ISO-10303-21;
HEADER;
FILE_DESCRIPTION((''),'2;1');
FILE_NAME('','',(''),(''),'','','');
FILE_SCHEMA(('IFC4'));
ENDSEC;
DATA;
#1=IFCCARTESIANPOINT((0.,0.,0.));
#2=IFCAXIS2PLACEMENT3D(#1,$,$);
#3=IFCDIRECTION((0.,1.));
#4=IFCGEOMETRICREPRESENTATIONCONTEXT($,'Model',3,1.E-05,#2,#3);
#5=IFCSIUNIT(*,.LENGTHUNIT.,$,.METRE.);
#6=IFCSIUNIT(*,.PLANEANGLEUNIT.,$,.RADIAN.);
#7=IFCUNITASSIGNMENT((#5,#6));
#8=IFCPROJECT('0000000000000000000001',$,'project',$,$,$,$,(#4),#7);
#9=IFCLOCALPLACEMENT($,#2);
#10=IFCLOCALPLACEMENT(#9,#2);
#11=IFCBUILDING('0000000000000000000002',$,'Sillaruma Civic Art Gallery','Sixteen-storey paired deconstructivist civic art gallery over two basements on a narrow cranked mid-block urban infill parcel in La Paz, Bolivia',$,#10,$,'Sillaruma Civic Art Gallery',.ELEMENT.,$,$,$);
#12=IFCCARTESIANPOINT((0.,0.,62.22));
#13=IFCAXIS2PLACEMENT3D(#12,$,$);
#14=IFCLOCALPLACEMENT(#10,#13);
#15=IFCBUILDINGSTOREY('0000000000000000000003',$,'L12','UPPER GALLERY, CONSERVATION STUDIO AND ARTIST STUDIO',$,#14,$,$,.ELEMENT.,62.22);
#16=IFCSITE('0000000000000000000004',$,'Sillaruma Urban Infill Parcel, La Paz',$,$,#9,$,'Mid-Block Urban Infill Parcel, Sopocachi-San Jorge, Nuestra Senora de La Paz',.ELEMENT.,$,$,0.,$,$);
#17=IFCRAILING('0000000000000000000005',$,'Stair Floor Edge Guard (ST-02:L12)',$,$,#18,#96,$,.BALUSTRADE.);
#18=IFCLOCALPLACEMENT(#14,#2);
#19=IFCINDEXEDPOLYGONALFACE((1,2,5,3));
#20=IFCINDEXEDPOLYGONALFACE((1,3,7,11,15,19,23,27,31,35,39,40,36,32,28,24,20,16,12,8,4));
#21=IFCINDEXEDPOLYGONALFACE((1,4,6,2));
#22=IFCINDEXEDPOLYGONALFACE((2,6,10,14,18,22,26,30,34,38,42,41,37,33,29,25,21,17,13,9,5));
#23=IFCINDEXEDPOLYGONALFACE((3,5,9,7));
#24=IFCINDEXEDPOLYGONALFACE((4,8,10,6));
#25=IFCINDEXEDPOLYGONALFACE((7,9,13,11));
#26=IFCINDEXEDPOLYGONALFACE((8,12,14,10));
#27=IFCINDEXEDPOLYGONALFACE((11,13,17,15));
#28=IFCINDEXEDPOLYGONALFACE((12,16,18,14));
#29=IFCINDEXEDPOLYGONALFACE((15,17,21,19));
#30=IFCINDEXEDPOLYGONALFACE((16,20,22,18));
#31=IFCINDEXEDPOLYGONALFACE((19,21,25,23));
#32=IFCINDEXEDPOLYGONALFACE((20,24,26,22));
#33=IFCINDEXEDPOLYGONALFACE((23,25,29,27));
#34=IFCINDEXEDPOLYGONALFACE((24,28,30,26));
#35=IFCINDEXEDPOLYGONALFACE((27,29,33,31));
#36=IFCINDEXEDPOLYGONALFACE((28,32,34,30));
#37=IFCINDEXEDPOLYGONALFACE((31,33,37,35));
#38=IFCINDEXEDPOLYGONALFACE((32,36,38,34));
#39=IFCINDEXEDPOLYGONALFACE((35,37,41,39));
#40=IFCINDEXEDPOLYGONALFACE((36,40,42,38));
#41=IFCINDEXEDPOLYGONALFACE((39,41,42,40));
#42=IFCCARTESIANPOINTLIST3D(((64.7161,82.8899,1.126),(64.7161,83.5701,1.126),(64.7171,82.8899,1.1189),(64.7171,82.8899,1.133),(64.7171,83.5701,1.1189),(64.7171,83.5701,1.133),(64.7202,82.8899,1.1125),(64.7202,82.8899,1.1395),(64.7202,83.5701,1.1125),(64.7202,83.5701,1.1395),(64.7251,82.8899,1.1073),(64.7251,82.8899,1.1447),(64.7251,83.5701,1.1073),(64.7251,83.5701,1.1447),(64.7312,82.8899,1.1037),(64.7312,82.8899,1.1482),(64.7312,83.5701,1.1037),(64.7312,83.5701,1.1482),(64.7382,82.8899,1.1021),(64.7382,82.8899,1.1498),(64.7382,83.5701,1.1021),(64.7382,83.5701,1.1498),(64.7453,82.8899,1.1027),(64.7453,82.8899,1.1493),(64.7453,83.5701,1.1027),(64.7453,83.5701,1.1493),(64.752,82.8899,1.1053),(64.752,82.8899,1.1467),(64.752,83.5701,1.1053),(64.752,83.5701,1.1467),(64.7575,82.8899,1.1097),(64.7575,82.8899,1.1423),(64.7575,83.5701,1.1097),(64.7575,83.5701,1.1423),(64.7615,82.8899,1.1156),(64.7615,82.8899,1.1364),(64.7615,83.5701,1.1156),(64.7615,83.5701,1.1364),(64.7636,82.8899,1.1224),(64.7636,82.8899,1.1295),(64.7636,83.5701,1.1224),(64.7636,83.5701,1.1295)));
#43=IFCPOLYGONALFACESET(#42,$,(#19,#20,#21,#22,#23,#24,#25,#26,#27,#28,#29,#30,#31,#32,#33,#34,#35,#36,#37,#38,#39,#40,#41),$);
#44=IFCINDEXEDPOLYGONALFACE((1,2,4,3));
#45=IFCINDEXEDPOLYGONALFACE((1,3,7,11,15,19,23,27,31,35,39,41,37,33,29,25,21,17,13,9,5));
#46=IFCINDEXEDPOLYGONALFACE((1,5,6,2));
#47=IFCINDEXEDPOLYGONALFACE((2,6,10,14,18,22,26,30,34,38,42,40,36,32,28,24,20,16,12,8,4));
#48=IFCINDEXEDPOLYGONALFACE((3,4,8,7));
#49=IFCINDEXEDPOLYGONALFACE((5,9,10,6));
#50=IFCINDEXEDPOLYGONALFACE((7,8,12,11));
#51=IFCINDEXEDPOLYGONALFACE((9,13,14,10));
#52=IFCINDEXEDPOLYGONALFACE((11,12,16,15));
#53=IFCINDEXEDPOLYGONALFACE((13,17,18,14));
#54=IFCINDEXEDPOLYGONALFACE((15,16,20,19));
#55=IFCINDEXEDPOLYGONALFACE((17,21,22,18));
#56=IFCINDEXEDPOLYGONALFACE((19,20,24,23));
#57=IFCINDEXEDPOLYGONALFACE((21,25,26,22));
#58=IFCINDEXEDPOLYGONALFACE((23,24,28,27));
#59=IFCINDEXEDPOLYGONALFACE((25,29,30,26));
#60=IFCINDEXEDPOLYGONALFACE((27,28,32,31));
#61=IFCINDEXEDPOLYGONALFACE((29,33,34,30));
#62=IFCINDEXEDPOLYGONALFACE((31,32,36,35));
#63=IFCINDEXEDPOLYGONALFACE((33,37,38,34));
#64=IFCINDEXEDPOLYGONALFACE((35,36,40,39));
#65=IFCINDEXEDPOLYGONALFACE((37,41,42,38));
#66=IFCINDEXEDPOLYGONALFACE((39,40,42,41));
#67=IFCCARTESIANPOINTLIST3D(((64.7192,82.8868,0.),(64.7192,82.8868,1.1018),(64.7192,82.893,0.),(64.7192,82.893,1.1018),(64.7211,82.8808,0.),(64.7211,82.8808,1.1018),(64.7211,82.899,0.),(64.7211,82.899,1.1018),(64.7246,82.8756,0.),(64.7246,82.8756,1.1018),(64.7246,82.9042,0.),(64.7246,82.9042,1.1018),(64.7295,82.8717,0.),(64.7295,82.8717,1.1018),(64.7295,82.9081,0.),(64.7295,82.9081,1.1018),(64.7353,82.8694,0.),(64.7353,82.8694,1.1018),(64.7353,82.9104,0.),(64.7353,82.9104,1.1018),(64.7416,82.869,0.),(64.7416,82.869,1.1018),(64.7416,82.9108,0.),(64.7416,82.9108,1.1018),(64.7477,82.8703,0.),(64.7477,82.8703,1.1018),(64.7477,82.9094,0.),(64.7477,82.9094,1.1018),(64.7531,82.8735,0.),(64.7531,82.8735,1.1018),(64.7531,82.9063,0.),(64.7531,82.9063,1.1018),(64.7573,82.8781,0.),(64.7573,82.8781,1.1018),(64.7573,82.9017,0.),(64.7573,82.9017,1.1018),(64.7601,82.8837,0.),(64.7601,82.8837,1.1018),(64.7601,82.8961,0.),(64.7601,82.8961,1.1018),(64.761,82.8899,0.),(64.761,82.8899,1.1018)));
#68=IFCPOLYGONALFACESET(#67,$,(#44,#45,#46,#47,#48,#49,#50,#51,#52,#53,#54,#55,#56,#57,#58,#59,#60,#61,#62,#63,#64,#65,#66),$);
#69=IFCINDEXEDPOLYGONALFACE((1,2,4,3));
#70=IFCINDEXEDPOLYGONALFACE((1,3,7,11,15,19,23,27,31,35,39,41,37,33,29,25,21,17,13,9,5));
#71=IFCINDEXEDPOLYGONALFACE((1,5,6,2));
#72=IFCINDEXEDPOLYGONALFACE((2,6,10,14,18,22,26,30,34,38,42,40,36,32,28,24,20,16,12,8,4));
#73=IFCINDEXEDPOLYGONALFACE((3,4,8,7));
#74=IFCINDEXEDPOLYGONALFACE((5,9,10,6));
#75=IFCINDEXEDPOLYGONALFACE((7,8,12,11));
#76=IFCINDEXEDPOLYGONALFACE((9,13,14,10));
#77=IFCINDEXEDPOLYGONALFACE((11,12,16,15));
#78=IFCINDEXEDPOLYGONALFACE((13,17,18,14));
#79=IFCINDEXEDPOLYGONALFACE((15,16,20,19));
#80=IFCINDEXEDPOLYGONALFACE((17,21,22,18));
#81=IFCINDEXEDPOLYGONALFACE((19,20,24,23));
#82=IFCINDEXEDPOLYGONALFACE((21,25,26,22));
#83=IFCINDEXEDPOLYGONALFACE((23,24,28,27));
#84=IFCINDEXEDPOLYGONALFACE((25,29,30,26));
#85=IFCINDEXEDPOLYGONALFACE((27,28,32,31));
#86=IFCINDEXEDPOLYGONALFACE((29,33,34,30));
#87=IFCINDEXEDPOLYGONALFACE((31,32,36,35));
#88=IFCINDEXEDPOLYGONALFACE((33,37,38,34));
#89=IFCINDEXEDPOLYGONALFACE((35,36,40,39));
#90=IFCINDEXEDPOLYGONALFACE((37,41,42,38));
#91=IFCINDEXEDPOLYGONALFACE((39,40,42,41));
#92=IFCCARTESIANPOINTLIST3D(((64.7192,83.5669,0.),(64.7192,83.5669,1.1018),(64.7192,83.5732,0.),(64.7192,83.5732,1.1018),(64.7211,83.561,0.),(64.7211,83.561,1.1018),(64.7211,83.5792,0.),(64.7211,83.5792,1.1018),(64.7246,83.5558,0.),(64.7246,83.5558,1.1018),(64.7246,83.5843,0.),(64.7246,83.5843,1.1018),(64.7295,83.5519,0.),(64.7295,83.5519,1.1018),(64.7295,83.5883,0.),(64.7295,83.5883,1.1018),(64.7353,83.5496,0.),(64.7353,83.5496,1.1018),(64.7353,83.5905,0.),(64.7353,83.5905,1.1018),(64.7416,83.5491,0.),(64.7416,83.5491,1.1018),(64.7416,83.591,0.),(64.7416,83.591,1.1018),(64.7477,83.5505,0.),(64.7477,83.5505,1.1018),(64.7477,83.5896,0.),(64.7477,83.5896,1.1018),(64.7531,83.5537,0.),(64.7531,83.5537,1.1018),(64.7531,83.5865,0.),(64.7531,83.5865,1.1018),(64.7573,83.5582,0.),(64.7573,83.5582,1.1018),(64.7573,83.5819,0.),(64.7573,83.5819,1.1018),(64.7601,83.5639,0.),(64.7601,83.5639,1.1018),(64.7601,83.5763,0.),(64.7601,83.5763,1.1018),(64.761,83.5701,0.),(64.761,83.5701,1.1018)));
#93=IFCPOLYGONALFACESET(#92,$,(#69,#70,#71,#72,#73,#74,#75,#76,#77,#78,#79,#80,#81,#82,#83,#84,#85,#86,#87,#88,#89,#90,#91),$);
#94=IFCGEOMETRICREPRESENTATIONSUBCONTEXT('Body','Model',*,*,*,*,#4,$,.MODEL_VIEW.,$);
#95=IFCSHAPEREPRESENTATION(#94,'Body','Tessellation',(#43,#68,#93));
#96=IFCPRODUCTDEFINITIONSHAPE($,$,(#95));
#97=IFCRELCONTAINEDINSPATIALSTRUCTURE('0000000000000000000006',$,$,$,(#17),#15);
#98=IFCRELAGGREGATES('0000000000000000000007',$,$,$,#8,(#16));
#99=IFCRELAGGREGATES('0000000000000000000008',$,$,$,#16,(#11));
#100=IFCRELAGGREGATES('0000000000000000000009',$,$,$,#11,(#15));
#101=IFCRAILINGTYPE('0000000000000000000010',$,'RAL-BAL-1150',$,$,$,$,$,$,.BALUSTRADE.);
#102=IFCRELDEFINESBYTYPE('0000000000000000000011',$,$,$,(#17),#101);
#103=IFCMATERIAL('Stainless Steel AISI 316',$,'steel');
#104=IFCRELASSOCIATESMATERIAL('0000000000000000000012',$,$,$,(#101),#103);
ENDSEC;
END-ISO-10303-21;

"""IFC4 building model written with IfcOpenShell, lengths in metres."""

from ifc_helpers import new_model, si_unit, direction, frame, origin, origin_2d, place, context, subcontext, project, spatial, circle, extrude, material, type_object, element, save


model = new_model("IFC4")

# Units and contexts
model_context = context("Model", 3, precision=1e-05, world=origin(), true_north=direction((0.0, 1.0)))
body_context = subcontext(model_context, "Body", "Model", "MODEL_VIEW")
ifc_project = project(units=[si_unit("LENGTHUNIT", "METRE"), si_unit("PLANEANGLEUNIT", "RADIAN")], contexts=[model_context])

# Site, building, storey
site_placement = place(None, origin())
site = spatial("IfcSite", under=ifc_project, at=site_placement, Name="Sillaruma Urban Infill Parcel, La Paz", LongName="Mid-Block Urban Infill Parcel, Sopocachi-San Jorge, Nuestra Senora de La Paz", CompositionType="ELEMENT", RefElevation=0.0)
building_placement = place(site_placement, origin())
building = spatial("IfcBuilding", under=site, at=building_placement, Name="Sillaruma Civic Art Gallery", Description="Sixteen-storey paired deconstructivist civic art gallery over two basements on a narrow cranked mid-block urban infill parcel in La Paz, Bolivia", LongName="Sillaruma Civic Art Gallery", CompositionType="ELEMENT")
storey_placement = place(building_placement, frame((0.0, 0.0, 62.22)))
storey = spatial("IfcBuildingStorey", under=building, at=storey_placement, Name="L12", Description="UPPER GALLERY, CONSERVATION STUDIO AND ARTIST STUDIO", CompositionType="ELEMENT", Elevation=62.22)

# Railing
ifc_material_1 = material(Name="Stainless Steel AISI 316", Category="steel")
railing_type_1 = type_object("IfcRailingType", Name="RAL-BAL-1150", PredefinedType="BALUSTRADE", material=ifc_material_1)
railing_1_placement = place(storey_placement, frame((64.74, 82.8899, 0.0)))
element("IfcRailing", 1, at=railing_1_placement, inside=storey, type_object=railing_type_1, Name="Stair Floor Edge Guard (ST-02:L12)", PredefinedType="BALUSTRADE", context=body_context, shape_type="SweptSolid", body=[
    extrude(circle(Radius=0.0239, at=origin_2d()), frame((0.0, 0.0, 1.126), z_axis=(0.0, 1.0, 0.0), x_axis=(-1.0, 0.0, 0.0)), (0.0, 0.0, 1.0), 0.6802),
    extrude(circle(Radius=0.021, at=origin_2d()), origin(), (0.0, 0.0, 1.0), 1.1018),
    extrude(circle(Radius=0.021, at=origin_2d()), frame((0.0, 0.6802, 0.0)), (0.0, 0.0, 1.0), 1.1018),
])

save(model, "model.ifc")
